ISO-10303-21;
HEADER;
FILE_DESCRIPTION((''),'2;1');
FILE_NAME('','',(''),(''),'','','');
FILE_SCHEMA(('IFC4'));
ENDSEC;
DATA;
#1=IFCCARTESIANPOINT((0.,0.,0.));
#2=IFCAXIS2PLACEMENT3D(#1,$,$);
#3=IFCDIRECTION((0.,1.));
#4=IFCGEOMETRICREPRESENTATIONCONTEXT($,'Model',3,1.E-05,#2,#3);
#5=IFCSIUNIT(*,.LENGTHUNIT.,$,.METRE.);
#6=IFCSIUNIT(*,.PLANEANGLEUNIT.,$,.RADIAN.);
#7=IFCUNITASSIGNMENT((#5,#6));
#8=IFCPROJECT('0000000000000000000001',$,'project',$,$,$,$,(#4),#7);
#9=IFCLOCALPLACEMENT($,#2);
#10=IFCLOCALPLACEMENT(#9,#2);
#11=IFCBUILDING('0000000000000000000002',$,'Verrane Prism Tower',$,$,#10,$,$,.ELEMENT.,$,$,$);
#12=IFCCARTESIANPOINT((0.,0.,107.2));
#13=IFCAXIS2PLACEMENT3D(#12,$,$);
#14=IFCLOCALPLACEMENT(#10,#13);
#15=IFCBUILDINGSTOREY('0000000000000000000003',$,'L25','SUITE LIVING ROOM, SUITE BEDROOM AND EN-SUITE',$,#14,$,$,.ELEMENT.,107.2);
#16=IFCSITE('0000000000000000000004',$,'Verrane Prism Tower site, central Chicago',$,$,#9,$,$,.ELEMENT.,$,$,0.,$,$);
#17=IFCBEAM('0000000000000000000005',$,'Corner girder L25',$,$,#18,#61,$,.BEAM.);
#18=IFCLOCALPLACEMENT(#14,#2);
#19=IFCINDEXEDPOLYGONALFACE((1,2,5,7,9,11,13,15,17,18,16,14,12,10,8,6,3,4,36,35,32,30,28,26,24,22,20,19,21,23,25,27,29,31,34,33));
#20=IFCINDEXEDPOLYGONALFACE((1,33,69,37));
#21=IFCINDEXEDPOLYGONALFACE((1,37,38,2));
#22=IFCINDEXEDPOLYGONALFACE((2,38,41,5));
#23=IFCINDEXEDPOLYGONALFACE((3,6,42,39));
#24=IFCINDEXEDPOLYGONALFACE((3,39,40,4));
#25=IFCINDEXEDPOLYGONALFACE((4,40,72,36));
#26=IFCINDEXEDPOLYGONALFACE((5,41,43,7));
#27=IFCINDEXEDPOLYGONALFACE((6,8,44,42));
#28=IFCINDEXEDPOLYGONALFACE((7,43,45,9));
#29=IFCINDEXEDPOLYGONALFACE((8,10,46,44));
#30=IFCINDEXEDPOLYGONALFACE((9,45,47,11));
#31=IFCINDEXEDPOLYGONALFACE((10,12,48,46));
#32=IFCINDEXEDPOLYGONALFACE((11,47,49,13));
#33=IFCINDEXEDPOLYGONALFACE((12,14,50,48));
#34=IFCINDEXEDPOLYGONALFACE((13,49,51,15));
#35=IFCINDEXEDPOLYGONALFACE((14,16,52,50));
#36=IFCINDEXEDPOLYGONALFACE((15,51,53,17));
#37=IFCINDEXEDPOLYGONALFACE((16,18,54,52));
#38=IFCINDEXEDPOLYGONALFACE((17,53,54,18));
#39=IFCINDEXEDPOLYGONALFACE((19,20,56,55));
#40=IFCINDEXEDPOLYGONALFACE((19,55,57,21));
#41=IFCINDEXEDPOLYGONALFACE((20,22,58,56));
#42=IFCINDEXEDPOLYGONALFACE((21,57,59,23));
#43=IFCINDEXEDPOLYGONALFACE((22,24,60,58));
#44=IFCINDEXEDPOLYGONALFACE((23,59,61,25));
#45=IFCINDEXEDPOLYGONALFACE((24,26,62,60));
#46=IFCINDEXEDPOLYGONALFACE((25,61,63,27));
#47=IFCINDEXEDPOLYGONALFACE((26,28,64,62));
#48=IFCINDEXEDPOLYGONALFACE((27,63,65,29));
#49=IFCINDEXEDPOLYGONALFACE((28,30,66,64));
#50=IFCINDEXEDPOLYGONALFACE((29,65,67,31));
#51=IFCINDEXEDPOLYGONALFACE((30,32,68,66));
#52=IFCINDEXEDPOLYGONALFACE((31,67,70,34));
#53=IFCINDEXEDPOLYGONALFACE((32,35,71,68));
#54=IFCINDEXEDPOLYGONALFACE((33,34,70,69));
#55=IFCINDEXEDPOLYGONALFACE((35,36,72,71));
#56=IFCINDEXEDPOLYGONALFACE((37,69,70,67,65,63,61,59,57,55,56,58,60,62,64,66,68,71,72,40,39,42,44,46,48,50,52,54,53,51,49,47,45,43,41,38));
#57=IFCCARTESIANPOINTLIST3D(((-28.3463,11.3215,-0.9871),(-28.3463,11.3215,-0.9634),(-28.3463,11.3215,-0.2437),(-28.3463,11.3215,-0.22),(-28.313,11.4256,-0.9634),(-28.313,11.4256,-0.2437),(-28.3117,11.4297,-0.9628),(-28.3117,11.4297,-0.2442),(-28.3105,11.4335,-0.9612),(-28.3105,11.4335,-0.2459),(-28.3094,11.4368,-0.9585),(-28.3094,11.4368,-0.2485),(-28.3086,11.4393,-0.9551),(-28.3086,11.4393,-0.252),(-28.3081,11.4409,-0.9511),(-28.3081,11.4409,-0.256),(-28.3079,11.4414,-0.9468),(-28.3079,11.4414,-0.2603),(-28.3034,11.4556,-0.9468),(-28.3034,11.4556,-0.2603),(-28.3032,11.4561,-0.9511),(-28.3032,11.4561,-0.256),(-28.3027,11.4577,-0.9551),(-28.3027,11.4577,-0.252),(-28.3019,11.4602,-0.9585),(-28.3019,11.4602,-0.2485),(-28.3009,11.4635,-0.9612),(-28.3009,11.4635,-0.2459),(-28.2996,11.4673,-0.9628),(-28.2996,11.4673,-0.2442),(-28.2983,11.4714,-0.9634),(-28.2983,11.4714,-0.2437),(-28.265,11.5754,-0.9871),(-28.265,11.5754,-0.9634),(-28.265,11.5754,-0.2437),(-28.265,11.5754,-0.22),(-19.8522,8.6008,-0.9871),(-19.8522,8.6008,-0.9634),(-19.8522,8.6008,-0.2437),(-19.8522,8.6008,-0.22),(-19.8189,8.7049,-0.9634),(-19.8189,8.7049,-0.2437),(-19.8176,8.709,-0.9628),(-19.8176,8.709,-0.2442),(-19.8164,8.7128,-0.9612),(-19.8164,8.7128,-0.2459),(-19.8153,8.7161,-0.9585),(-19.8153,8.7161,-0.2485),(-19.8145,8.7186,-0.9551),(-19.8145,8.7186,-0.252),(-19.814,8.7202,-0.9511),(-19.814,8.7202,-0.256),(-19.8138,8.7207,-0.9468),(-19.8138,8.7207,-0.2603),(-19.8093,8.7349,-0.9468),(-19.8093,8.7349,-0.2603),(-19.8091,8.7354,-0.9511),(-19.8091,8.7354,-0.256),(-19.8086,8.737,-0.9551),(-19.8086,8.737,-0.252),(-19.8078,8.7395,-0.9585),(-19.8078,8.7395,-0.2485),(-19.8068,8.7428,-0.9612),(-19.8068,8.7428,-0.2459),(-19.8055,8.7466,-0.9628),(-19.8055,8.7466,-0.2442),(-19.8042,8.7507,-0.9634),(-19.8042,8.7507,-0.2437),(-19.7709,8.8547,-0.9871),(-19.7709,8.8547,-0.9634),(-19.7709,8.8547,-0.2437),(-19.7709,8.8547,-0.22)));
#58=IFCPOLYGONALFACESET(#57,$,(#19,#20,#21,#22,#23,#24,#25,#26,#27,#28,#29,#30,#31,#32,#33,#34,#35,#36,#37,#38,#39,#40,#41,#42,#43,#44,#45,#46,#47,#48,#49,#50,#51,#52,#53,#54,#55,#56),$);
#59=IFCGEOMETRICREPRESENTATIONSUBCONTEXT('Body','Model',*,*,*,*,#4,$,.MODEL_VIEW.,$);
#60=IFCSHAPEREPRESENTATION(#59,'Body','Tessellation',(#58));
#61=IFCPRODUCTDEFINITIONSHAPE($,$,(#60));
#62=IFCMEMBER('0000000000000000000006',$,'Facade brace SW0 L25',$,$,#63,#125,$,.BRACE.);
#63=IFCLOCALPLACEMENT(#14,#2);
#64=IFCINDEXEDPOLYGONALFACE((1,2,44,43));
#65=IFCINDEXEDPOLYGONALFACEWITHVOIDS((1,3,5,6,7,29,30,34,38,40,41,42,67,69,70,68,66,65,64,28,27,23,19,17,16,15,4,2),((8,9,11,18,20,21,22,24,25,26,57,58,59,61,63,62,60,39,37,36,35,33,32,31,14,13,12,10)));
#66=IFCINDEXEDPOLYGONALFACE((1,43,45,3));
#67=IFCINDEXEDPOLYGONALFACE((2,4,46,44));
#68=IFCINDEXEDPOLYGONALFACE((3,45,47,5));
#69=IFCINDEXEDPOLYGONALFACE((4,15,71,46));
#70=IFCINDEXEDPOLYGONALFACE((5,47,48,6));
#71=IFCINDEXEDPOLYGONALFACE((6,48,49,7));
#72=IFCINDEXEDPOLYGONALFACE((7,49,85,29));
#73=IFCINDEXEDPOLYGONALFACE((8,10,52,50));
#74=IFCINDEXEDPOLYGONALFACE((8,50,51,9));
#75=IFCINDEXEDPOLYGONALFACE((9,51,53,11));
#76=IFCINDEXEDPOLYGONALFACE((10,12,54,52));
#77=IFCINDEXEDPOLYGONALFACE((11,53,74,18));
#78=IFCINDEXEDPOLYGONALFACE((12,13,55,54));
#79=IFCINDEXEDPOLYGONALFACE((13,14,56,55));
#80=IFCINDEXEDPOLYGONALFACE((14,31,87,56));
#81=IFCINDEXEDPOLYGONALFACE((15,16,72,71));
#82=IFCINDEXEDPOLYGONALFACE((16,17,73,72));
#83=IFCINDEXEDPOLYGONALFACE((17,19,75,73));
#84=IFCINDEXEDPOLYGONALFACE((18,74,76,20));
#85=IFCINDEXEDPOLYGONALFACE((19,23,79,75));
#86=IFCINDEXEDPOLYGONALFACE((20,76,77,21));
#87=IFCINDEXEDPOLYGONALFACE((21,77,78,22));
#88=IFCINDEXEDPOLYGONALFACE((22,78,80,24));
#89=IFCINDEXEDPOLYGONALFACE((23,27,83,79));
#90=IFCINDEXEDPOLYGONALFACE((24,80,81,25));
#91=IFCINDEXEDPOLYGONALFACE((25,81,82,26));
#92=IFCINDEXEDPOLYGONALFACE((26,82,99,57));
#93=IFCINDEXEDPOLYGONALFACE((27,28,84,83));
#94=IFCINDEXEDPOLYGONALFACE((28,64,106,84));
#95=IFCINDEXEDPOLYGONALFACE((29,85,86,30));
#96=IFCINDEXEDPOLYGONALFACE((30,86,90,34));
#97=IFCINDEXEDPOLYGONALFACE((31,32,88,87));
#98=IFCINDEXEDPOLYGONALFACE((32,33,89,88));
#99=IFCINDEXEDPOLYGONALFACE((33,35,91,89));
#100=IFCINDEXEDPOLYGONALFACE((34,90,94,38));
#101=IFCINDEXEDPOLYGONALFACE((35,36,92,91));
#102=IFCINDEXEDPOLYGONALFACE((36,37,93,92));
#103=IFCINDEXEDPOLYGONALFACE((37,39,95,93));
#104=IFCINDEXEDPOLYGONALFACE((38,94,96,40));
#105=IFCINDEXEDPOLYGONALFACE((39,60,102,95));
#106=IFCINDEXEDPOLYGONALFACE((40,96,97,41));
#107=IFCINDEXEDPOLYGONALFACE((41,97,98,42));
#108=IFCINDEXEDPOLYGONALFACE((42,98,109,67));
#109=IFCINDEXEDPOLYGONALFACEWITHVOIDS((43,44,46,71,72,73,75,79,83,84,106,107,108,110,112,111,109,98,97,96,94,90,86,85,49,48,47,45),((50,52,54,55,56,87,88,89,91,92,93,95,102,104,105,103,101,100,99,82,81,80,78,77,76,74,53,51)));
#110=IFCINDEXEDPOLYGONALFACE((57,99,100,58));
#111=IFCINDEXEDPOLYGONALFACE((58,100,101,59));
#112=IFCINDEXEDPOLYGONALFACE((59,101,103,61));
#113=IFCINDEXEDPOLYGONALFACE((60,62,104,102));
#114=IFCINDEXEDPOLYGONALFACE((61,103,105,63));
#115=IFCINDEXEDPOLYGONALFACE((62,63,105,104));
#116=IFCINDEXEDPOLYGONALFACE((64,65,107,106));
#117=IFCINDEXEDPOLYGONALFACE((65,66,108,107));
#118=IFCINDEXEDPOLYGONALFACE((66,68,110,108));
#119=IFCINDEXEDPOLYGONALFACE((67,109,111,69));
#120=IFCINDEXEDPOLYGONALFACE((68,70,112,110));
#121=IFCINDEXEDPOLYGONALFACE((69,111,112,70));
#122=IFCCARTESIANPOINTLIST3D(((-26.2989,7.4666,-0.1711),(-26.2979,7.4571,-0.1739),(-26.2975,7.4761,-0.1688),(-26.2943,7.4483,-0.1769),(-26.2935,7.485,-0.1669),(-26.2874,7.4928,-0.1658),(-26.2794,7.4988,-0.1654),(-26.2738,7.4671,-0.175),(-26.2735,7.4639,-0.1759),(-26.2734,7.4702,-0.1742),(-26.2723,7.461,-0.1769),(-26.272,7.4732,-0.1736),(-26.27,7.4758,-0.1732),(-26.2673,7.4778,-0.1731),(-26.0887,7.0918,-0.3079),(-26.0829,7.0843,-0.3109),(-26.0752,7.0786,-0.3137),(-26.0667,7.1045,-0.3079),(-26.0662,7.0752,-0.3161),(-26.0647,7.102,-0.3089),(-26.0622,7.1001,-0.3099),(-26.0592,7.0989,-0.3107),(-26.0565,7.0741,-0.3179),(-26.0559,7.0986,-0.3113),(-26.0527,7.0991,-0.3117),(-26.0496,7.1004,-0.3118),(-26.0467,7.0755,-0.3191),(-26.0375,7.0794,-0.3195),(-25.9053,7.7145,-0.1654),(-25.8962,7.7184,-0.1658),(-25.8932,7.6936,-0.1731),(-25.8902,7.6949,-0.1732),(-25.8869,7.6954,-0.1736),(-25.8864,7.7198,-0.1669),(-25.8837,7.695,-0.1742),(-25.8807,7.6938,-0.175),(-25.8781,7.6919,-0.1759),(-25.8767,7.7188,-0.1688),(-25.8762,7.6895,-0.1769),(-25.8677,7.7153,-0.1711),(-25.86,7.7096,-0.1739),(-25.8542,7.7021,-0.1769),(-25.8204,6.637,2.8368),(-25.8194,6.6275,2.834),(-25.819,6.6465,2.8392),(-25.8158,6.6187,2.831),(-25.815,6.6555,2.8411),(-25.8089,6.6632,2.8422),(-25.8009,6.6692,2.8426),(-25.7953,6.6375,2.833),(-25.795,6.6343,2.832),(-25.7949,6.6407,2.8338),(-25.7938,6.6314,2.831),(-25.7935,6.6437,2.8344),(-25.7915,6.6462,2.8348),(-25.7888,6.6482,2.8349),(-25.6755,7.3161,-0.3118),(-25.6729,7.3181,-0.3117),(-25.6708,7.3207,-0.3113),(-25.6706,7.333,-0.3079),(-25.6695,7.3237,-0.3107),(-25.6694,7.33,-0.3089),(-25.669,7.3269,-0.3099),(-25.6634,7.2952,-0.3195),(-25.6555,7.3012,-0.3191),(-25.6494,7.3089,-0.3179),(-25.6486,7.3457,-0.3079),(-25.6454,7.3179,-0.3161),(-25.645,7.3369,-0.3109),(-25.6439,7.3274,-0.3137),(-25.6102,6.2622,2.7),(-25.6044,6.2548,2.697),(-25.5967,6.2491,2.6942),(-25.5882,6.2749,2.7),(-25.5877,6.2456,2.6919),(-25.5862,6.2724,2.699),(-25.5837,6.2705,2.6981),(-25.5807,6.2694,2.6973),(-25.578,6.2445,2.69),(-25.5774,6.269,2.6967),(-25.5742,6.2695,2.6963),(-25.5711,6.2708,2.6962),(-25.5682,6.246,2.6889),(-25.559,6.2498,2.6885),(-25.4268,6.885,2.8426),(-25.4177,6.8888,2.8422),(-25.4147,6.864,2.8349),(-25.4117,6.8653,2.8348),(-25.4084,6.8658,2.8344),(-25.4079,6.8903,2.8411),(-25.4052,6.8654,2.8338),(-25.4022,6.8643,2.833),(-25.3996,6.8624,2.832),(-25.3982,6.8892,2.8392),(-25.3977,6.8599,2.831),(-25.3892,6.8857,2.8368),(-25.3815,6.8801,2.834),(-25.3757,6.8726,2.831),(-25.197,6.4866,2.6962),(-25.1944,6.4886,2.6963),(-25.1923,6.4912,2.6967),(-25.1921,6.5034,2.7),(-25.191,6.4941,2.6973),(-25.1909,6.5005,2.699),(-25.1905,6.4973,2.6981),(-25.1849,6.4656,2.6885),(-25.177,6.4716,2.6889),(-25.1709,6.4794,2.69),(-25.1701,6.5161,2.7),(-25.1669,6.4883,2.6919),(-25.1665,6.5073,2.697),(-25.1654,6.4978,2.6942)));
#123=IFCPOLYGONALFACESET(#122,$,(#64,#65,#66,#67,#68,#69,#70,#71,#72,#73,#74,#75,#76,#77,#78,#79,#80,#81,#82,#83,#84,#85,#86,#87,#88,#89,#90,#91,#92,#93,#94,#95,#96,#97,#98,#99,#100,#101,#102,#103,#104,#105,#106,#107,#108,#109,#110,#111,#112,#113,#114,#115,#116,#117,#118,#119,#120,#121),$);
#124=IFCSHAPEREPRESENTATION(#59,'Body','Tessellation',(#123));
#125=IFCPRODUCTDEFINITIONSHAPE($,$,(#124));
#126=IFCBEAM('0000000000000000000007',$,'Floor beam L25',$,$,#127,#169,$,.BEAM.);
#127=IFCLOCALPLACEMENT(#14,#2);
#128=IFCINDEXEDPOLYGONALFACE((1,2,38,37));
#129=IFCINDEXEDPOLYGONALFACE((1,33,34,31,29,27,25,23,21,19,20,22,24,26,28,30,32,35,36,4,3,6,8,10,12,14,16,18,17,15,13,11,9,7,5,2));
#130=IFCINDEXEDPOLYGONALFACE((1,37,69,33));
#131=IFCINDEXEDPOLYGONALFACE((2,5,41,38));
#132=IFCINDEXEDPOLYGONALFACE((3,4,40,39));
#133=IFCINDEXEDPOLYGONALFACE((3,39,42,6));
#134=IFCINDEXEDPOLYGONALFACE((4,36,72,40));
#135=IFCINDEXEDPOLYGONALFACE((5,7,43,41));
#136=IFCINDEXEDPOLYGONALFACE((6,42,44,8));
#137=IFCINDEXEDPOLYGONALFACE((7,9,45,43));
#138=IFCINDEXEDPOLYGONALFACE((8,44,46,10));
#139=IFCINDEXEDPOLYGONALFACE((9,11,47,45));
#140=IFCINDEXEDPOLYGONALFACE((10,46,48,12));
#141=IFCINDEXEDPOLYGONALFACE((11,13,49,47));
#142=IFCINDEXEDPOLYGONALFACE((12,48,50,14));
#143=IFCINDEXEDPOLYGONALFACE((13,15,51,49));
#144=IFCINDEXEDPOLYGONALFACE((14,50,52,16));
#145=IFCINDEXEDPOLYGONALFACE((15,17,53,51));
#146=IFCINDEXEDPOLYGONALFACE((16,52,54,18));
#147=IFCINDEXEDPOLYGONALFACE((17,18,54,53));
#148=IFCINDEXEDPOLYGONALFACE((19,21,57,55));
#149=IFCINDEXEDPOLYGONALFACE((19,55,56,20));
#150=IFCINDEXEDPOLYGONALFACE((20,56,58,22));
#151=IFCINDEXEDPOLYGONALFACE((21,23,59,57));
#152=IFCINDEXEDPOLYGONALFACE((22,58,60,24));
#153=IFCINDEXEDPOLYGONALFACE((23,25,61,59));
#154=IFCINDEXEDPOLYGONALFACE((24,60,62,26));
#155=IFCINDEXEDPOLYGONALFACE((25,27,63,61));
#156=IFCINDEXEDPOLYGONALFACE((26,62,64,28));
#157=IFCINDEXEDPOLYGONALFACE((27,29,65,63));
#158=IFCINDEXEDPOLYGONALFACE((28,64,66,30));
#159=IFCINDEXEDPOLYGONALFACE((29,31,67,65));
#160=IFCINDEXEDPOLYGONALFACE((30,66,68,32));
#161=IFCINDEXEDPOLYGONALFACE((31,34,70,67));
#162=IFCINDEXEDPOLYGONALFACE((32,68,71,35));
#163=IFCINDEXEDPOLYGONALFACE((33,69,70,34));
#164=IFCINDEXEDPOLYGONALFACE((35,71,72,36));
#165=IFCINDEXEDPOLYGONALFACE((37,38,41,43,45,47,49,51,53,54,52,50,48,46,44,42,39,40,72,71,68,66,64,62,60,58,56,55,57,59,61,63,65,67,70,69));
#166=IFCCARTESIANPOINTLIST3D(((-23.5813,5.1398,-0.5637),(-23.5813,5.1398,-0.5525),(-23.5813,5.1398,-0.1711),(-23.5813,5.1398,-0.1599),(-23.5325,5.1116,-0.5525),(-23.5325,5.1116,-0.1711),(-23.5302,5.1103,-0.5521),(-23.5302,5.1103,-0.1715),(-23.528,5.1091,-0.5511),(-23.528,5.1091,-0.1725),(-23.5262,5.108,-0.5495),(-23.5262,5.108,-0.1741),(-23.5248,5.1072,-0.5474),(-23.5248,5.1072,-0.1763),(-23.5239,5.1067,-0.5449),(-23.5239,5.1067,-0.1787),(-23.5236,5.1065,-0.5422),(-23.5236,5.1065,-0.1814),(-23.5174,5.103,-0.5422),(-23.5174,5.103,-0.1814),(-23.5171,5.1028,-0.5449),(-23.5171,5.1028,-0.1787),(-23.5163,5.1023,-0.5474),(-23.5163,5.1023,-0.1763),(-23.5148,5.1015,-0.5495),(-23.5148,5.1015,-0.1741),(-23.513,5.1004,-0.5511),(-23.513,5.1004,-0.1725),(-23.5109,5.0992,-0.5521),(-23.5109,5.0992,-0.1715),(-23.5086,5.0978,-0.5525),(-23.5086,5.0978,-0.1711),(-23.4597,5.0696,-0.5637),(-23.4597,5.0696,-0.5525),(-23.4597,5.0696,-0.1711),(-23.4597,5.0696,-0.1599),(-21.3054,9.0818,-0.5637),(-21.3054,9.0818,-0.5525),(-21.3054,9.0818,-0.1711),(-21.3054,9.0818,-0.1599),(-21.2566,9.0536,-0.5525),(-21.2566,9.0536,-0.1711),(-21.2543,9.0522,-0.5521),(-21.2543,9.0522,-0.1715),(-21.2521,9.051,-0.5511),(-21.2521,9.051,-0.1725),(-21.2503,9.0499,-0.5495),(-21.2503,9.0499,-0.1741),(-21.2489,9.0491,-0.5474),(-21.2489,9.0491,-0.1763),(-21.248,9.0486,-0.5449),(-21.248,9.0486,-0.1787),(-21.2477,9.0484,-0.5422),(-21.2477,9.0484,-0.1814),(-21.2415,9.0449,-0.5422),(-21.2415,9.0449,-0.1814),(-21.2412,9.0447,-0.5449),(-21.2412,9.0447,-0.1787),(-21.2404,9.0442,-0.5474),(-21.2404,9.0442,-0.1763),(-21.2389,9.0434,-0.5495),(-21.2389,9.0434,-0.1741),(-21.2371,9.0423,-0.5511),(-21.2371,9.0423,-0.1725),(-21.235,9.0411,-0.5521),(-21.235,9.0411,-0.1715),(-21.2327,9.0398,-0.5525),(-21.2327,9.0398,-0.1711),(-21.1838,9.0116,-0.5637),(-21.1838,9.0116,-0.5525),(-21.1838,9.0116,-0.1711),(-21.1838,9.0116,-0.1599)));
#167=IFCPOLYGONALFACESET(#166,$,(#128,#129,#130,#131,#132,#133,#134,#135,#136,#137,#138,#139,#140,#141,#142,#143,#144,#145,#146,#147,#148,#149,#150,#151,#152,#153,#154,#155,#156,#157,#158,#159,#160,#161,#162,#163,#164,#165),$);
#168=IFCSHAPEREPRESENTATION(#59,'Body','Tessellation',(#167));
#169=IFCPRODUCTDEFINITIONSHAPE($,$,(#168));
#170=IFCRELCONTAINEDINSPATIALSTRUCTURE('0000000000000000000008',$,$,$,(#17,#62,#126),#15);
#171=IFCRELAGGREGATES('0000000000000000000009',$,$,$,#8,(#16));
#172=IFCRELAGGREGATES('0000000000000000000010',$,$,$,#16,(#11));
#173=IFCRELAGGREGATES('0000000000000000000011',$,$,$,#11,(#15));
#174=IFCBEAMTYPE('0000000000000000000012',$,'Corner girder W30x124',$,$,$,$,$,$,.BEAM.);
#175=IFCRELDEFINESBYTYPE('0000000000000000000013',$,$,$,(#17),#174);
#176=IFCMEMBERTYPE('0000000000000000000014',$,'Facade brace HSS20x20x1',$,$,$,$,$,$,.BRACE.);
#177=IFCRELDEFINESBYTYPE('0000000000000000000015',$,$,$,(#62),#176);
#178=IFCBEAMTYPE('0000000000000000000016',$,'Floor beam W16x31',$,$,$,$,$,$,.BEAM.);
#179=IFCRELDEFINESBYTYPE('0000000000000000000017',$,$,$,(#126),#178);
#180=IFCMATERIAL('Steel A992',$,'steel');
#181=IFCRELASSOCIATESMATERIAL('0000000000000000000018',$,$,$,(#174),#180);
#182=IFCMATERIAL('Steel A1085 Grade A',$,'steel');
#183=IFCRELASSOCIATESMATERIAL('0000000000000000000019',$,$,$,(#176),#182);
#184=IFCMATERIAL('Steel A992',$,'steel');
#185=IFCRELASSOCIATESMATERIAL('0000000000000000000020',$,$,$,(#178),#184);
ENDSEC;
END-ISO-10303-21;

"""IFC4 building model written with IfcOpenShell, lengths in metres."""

from ifc_helpers import new_model, si_unit, direction, frame, origin, origin_2d, place, context, subcontext, project, spatial, hollow_rectangle, i_section, extrude, material, material_profile, profile_set, type_object, element, save


model = new_model("IFC4")

# Units and contexts
model_context = context("Model", 3, precision=1e-05, world=origin(), true_north=direction((0.0, 1.0)))
body_context = subcontext(model_context, "Body", "Model", "MODEL_VIEW")
ifc_project = project(units=[si_unit("LENGTHUNIT", "METRE"), si_unit("PLANEANGLEUNIT", "RADIAN")], contexts=[model_context])

# Site, building, storey
site_placement = place(None, origin())
site = spatial("IfcSite", under=ifc_project, at=site_placement, Name="Verrane Prism Tower site, central Chicago", CompositionType="ELEMENT", RefElevation=0.0)
building_placement = place(site_placement, origin())
building = spatial("IfcBuilding", under=site, at=building_placement, Name="Verrane Prism Tower", CompositionType="ELEMENT")
storey_placement = place(building_placement, frame((0.0, 0.0, 107.2)))
storey = spatial("IfcBuildingStorey", under=building, at=storey_placement, Name="L25", Description="SUITE LIVING ROOM, SUITE BEDROOM AND EN-SUITE", CompositionType="ELEMENT", Elevation=107.2)

# Beam
ifc_material_1 = material(Name="Steel A992", Category="steel")
ifc_material_profile_1 = material_profile(ifc_material_1, i_section(OverallWidth=0.2666, OverallDepth=0.7671, WebThickness=0.0149, FlangeThickness=0.0237, FilletRadius=0.0166, at=origin_2d()), Name="W30x124")
ifc_profile_set_1 = profile_set([ifc_material_profile_1], Name="Steel A992")
beam_type_1 = type_object("IfcBeamType", Name="Corner girder W30x124", PredefinedType="BEAM", material=ifc_profile_set_1)
beam_1_placement = place(storey_placement, frame((-28.3057, 11.4485, -0.6035), z_axis=(0.95234, -0.305038, 0.0), x_axis=(0.305038, 0.95234, 0.0)))
element("IfcBeam", 1, at=beam_1_placement, inside=storey, type_object=beam_type_1, Name="Corner girder L25", PredefinedType="BEAM", context=body_context, shape_type="SweptSolid", body=[
    extrude(i_section(OverallWidth=0.2666, OverallDepth=0.7671, WebThickness=0.0149, FlangeThickness=0.0237, FilletRadius=0.0166, at=origin_2d()), origin(), (0.0, 0.0, 1.0), 8.9192),
])

# Member
ifc_material_2 = material(Name="Steel A1085 Grade A", Category="steel")
ifc_material_profile_2 = material_profile(ifc_material_2, hollow_rectangle(XDim=0.5081, YDim=0.5081, WallThickness=0.0254, InnerFilletRadius=0.0127, OuterFilletRadius=0.0381, at=origin_2d()), Name="HSS20x20x1")
ifc_profile_set_2 = profile_set([ifc_material_profile_2], Name="Steel A1085 Grade A")
member_type_1 = type_object("IfcMemberType", Name="Facade brace HSS20x20x1", PredefinedType="BRACE", material=ifc_profile_set_2)
member_1_placement = place(storey_placement, frame((-25.9714, 7.397, -0.2424), z_axis=(0.151581, -0.262792, 0.952871), x_axis=(0.866228, 0.499649, 0.0)))
element("IfcMember", 2, at=member_1_placement, inside=storey, type_object=member_type_1, Name="Facade brace SW0 L25", PredefinedType="BRACE", context=body_context, shape_type="SweptSolid", body=[
    extrude(hollow_rectangle(XDim=0.5081, YDim=0.5081, WallThickness=0.0254, InnerFilletRadius=0.0127, OuterFilletRadius=0.0381, at=origin_2d()), origin(), (0.0, 0.0, 1.0), 3.1567),
])

# Beam
ifc_material_3 = material(Name="Steel A992", Category="steel")
ifc_material_profile_3 = material_profile(ifc_material_3, i_section(OverallWidth=0.1404, OverallDepth=0.4038, WebThickness=0.0071, FlangeThickness=0.0112, FilletRadius=0.0103, at=origin_2d()), Name="W16x31")
ifc_profile_set_3 = profile_set([ifc_material_profile_3], Name="Steel A992")
beam_type_2 = type_object("IfcBeamType", Name="Floor beam W16x31", PredefinedType="BEAM", material=ifc_profile_set_3)
beam_2_placement = place(storey_placement, frame((-23.5205, 5.1047, -0.3618), z_axis=(0.500004, 0.866023, 0.0), x_axis=(-0.866023, 0.500004, 0.0)))
element("IfcBeam", 3, at=beam_2_placement, inside=storey, type_object=beam_type_2, Name="Floor beam L25", PredefinedType="BEAM", context=body_context, shape_type="SweptSolid", body=[
    extrude(i_section(OverallWidth=0.1404, OverallDepth=0.4038, WebThickness=0.0071, FlangeThickness=0.0112, FilletRadius=0.0103, at=origin_2d()), origin(), (0.0, 0.0, 1.0), 4.5518),
])

save(model, "model.ifc")
